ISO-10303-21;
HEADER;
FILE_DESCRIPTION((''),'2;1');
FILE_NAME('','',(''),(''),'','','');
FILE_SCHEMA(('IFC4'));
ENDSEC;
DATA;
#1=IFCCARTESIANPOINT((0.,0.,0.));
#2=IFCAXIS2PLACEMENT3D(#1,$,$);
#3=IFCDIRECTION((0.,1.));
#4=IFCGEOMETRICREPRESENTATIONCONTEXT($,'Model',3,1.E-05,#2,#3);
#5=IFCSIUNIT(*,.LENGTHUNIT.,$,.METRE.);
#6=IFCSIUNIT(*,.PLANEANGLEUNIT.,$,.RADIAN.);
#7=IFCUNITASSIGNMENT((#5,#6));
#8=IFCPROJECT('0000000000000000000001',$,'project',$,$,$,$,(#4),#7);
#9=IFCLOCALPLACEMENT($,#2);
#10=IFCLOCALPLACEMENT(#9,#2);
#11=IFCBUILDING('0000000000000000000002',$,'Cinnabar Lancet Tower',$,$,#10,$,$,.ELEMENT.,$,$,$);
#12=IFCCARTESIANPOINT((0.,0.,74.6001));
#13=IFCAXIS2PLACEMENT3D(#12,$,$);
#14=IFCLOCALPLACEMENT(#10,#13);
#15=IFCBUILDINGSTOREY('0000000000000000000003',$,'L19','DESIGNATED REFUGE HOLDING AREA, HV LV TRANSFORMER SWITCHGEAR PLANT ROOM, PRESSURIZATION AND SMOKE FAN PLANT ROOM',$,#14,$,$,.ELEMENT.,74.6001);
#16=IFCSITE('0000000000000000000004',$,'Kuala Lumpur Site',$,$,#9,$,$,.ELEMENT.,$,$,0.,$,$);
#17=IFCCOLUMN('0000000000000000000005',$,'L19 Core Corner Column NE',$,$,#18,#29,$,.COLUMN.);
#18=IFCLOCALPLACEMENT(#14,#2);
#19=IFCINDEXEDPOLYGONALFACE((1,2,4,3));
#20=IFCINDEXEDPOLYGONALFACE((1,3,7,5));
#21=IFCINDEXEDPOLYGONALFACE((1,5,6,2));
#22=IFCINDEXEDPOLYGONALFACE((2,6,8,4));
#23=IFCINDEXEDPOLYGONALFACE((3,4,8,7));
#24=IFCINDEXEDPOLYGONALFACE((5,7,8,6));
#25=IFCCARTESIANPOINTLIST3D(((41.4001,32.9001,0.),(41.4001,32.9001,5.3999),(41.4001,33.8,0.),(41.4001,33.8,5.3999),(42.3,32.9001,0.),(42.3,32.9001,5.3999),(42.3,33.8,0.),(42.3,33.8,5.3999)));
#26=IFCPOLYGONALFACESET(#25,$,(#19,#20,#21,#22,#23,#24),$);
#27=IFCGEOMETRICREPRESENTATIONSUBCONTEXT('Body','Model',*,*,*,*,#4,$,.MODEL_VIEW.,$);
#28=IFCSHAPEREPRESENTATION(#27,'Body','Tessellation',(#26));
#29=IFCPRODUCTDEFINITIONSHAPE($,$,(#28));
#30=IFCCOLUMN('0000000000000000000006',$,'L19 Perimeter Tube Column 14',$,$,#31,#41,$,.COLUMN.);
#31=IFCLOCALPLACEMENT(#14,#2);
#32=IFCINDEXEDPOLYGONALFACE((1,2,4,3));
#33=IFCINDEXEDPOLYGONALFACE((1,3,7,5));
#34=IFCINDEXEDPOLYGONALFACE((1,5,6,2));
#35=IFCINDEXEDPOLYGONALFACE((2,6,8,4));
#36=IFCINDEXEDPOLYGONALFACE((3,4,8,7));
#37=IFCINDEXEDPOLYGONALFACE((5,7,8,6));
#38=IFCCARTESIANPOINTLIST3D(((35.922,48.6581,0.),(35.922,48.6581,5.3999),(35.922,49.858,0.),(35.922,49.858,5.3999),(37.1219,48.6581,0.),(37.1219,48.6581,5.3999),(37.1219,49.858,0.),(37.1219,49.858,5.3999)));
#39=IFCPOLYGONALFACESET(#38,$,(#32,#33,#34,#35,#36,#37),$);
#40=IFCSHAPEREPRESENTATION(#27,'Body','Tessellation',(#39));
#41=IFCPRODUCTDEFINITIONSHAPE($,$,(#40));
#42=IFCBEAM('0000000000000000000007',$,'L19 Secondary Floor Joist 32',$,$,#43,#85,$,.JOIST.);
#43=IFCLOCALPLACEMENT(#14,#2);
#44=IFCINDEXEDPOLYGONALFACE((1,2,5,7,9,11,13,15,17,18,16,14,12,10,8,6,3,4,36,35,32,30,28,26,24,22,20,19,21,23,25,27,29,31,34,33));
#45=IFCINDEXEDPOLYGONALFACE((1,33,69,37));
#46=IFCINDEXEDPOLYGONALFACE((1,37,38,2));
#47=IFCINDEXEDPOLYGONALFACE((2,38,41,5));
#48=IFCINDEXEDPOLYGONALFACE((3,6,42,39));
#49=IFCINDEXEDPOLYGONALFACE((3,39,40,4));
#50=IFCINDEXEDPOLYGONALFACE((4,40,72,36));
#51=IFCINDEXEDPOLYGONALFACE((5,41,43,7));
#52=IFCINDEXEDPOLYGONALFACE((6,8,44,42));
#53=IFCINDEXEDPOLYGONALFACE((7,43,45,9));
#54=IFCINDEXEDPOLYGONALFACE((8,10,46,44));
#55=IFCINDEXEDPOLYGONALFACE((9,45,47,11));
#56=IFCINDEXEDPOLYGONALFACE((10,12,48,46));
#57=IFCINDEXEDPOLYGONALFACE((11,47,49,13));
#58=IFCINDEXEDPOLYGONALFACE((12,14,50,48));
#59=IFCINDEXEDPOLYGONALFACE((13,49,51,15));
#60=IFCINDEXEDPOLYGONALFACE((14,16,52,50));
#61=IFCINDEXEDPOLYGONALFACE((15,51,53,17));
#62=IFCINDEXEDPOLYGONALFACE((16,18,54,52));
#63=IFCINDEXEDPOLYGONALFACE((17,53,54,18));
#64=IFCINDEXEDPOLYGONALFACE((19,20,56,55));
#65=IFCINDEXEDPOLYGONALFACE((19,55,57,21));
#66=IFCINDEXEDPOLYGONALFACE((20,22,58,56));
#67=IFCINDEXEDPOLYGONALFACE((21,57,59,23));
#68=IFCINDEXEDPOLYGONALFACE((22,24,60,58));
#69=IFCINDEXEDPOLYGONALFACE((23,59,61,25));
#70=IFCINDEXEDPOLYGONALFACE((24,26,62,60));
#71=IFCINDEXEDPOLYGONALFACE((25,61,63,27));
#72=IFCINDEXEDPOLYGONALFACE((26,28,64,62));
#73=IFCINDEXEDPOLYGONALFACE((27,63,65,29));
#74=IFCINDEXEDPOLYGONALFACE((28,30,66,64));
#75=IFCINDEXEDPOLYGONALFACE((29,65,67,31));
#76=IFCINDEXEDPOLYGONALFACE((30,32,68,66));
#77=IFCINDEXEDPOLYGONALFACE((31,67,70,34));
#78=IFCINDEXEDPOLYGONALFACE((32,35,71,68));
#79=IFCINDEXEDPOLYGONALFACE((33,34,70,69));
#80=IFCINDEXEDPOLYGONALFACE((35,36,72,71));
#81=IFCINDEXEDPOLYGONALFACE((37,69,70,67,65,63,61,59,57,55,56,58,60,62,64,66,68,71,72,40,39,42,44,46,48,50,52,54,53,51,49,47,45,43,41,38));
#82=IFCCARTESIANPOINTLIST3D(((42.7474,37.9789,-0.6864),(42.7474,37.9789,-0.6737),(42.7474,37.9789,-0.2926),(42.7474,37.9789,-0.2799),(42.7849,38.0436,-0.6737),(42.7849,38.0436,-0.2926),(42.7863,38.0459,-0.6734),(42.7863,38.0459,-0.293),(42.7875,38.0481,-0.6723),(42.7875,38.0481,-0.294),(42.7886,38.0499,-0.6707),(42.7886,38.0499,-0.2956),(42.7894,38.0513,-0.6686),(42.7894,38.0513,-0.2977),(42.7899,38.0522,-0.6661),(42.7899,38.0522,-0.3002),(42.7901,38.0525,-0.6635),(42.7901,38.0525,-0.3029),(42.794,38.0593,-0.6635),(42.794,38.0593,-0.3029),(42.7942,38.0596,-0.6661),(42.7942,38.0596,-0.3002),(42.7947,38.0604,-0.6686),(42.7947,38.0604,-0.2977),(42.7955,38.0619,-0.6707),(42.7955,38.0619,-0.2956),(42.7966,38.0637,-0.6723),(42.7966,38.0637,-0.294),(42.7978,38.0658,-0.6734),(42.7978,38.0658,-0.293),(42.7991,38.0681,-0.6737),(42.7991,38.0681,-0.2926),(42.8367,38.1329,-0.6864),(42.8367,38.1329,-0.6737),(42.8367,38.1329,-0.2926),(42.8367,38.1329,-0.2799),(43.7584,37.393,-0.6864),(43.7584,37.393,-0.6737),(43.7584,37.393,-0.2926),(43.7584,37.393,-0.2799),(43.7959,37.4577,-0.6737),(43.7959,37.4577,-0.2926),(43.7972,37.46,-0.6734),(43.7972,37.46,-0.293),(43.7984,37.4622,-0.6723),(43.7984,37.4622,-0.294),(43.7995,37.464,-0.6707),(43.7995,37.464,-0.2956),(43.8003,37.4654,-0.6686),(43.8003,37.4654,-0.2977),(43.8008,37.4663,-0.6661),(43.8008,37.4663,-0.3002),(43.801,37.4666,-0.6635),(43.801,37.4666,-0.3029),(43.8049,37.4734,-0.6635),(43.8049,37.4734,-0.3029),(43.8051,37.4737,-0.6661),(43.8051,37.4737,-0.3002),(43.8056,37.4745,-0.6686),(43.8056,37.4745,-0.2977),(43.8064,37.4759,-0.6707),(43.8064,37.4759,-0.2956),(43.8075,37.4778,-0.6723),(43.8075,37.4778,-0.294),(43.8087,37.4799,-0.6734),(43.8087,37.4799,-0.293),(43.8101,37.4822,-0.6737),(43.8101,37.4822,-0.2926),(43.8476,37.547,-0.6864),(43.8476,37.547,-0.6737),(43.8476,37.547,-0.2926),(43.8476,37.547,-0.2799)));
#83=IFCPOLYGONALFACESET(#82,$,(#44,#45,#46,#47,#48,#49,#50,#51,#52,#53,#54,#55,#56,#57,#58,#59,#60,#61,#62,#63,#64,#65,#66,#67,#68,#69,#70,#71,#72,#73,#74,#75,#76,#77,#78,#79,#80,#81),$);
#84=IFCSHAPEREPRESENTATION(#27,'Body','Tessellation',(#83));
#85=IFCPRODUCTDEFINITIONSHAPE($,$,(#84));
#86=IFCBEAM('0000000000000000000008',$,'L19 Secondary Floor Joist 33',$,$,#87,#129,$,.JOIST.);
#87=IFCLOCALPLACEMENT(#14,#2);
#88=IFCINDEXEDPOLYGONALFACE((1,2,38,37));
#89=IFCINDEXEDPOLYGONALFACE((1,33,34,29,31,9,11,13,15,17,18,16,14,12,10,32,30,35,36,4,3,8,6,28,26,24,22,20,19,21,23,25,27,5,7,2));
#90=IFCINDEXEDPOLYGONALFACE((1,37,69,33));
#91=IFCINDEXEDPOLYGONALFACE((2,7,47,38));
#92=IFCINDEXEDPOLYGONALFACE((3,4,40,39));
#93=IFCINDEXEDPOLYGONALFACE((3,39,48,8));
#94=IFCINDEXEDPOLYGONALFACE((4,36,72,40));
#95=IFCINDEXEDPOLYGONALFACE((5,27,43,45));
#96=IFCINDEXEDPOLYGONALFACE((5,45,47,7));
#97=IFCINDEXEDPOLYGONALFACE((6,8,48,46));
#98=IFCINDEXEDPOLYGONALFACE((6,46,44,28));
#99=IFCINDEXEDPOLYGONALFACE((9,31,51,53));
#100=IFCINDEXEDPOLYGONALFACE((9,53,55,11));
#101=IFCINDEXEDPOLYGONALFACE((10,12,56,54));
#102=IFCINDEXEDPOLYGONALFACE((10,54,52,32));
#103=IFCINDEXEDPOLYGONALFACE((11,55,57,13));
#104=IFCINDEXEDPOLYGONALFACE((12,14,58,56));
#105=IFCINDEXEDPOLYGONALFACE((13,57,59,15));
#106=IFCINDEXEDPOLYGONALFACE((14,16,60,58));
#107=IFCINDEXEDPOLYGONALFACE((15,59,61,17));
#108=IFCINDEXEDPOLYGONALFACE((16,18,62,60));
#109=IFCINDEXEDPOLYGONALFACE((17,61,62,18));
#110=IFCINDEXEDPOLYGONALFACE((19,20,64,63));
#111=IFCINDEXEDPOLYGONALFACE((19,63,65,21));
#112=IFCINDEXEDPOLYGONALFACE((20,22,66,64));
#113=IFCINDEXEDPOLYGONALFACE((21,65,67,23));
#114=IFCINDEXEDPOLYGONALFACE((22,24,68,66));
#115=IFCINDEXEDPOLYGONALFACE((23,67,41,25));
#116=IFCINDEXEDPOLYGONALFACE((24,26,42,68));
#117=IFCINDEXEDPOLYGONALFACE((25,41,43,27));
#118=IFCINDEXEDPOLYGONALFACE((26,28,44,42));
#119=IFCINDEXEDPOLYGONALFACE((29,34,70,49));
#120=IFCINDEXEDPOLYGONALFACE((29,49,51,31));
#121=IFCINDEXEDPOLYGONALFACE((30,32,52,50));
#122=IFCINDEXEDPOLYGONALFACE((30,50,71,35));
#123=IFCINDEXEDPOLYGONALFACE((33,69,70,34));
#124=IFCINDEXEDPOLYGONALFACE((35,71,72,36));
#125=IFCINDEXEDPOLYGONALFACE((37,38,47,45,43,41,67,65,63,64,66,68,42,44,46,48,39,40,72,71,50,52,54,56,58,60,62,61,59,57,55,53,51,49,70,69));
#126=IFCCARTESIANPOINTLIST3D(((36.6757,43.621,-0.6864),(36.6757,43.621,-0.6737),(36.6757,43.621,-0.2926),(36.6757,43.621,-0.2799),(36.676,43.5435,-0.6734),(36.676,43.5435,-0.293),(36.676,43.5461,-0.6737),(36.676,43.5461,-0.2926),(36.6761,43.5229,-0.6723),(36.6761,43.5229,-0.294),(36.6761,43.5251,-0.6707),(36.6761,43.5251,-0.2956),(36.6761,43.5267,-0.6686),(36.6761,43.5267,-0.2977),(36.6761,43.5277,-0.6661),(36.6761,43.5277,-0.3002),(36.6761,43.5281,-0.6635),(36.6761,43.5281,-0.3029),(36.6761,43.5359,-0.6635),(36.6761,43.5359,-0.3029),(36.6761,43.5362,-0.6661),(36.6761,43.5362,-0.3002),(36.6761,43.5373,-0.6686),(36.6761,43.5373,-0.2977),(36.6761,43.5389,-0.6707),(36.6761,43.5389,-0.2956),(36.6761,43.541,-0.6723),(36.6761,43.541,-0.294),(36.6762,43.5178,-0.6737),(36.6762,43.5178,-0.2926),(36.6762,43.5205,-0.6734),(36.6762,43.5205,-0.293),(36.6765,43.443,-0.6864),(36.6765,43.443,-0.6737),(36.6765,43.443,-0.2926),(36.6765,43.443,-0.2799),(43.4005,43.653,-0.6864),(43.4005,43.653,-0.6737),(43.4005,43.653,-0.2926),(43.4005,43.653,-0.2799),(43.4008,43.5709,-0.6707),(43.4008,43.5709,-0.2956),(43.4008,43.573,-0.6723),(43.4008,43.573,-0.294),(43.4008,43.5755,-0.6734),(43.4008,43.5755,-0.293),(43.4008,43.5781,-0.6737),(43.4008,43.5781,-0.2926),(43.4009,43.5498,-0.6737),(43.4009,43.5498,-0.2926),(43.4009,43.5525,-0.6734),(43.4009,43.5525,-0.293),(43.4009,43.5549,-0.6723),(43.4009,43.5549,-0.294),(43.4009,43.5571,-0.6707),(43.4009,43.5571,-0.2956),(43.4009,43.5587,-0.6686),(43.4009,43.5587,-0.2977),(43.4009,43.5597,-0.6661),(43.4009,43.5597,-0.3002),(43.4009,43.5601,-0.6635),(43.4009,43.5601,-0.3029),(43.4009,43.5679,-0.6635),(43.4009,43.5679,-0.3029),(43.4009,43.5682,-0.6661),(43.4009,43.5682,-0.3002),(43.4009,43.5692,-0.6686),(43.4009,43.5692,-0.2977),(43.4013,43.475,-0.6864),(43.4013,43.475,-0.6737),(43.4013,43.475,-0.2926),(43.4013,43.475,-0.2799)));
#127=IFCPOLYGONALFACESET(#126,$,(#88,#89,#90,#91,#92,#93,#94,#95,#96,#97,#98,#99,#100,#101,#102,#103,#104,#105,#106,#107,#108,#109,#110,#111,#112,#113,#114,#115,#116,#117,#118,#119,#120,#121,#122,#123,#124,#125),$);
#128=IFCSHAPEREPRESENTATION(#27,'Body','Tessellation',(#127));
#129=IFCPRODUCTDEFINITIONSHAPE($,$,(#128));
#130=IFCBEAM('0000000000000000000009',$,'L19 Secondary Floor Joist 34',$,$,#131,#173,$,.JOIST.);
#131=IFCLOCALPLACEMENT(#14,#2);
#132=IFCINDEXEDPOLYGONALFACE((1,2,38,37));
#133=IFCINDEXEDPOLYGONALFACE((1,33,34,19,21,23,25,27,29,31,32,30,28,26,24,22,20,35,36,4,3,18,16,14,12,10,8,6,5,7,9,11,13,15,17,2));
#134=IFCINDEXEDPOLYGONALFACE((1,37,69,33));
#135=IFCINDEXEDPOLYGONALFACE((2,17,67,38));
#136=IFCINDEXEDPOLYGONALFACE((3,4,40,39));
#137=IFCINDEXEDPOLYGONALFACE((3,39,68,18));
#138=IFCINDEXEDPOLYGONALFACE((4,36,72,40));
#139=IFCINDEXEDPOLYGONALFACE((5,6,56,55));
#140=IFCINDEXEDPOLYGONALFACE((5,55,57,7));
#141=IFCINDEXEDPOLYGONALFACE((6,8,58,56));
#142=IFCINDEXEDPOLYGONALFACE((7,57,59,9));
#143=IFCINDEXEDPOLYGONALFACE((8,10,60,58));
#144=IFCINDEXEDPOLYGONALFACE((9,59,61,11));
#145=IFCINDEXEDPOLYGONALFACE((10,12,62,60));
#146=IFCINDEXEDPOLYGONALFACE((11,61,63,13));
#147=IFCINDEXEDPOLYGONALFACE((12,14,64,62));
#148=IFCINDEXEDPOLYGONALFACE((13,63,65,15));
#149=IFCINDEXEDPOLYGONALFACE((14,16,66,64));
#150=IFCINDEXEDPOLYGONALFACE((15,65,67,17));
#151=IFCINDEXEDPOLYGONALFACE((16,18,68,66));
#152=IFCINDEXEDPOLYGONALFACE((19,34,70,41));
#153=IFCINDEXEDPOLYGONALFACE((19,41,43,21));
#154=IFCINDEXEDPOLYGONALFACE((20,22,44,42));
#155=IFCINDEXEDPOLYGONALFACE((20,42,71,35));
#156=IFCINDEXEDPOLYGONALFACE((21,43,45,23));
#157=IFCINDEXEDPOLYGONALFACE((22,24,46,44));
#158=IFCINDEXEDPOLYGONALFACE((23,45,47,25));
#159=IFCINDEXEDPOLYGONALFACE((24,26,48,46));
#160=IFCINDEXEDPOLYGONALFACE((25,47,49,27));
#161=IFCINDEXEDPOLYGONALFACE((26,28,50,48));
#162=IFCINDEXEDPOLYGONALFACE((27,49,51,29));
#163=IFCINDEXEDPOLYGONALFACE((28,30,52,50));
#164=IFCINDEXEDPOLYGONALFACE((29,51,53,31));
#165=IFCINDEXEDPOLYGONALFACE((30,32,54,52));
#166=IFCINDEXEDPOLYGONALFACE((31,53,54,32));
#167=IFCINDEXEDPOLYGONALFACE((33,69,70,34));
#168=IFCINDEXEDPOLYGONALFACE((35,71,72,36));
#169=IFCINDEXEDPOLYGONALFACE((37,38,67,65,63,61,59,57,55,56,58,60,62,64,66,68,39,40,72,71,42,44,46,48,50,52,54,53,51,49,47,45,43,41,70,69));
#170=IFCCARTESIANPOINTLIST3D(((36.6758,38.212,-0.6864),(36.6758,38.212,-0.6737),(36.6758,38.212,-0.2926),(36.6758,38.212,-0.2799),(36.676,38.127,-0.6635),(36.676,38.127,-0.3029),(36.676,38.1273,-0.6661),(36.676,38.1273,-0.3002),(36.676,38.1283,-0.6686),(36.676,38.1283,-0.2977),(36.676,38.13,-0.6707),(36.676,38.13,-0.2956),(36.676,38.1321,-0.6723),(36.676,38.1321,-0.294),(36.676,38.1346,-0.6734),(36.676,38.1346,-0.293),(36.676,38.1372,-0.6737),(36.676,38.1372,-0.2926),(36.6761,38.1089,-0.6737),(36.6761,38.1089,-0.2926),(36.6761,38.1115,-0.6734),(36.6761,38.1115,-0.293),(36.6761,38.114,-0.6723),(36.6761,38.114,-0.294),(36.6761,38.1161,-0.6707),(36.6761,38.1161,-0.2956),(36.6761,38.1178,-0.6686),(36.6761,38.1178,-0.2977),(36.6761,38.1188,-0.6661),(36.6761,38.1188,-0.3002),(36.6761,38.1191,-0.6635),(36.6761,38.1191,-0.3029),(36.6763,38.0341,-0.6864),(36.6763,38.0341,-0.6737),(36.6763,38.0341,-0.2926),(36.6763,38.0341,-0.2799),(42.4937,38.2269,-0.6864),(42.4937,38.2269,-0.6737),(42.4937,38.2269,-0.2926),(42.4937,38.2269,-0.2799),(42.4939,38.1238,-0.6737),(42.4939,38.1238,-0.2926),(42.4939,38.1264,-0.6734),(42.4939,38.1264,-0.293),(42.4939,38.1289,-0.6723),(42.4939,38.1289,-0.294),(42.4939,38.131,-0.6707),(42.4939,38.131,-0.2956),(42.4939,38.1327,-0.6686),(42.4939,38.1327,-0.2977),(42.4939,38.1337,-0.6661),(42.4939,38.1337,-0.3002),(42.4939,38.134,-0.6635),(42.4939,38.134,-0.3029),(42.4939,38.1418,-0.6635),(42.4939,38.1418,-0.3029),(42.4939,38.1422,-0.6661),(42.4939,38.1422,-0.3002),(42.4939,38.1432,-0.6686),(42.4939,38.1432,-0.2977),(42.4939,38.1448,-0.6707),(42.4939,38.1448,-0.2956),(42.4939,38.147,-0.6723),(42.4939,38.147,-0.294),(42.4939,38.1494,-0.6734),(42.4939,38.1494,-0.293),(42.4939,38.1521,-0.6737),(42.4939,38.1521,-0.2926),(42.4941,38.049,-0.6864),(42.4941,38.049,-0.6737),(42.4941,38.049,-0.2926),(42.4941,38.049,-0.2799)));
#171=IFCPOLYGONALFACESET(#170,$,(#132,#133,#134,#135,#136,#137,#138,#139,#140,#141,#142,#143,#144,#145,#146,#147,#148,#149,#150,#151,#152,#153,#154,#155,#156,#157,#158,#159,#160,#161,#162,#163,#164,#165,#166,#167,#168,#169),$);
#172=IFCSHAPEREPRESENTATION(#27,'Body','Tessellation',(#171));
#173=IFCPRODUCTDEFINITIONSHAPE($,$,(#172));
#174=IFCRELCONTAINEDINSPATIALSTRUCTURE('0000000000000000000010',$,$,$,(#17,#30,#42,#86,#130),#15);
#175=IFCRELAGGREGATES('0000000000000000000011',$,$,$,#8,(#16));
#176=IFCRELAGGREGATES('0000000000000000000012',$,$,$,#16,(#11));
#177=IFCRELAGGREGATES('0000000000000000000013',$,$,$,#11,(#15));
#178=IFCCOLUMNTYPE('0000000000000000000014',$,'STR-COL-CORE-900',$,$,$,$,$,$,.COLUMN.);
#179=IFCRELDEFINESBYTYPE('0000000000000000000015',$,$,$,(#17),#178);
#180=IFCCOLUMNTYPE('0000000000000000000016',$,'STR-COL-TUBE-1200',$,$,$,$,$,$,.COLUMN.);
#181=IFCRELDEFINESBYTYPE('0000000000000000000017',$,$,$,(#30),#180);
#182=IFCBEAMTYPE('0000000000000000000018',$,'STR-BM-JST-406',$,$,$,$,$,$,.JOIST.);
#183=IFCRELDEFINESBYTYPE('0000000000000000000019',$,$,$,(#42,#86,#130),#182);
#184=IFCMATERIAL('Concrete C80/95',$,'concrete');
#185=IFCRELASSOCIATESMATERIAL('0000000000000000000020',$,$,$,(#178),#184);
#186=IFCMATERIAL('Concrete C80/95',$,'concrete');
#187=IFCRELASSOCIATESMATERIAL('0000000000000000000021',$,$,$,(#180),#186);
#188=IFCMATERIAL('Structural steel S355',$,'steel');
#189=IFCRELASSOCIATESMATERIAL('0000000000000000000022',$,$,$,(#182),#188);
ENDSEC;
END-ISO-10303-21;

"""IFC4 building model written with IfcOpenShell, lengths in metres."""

from ifc_helpers import new_model, si_unit, direction, frame, origin, origin_2d, place, context, subcontext, project, spatial, rectangle, i_section, extrude, material, material_profile, profile_set, type_object, element, save


model = new_model("IFC4")

# Units and contexts
model_context = context("Model", 3, precision=1e-05, world=origin(), true_north=direction((0.0, 1.0)))
body_context = subcontext(model_context, "Body", "Model", "MODEL_VIEW")
ifc_project = project(units=[si_unit("LENGTHUNIT", "METRE"), si_unit("PLANEANGLEUNIT", "RADIAN")], contexts=[model_context])

# Site, building, storey
site_placement = place(None, origin())
site = spatial("IfcSite", under=ifc_project, at=site_placement, Name="Kuala Lumpur Site", CompositionType="ELEMENT", RefElevation=0.0)
building_placement = place(site_placement, origin())
building = spatial("IfcBuilding", under=site, at=building_placement, Name="Cinnabar Lancet Tower", CompositionType="ELEMENT")
storey_placement = place(building_placement, frame((0.0, 0.0, 74.6001)))
storey = spatial("IfcBuildingStorey", under=building, at=storey_placement, Name="L19", Description="DESIGNATED REFUGE HOLDING AREA, HV LV TRANSFORMER SWITCHGEAR PLANT ROOM, PRESSURIZATION AND SMOKE FAN PLANT ROOM", CompositionType="ELEMENT", Elevation=74.6001)

# Columns
ifc_material_1 = material(Name="Concrete C80/95", Category="concrete")
ifc_material_profile_1 = material_profile(ifc_material_1, rectangle(XDim=0.8999, YDim=0.8999, at=origin_2d()), Name="RC-COL 900x900")
ifc_profile_set_1 = profile_set([ifc_material_profile_1], Name="Concrete C80/95")
column_type_1 = type_object("IfcColumnType", Name="STR-COL-CORE-900", PredefinedType="COLUMN", material=ifc_profile_set_1)
column_1_placement = place(storey_placement, frame((41.8501, 33.3501, 0.0), z_axis=(0.0, 0.0, 1.0), x_axis=(1.0, 0.0, 0.0)))
element("IfcColumn", 1, at=column_1_placement, inside=storey, type_object=column_type_1, Name="L19 Core Corner Column NE", PredefinedType="COLUMN", context=body_context, shape_type="SweptSolid", body=[
    extrude(rectangle(XDim=0.8999, YDim=0.8999, at=origin_2d()), origin(), (0.0, 0.0, 1.0), 5.3999),
])
ifc_material_2 = material(Name="Concrete C80/95", Category="concrete")
ifc_material_profile_2 = material_profile(ifc_material_2, rectangle(XDim=1.2, YDim=1.2, at=origin_2d()), Name="RC-COL 1200x1200")
ifc_profile_set_2 = profile_set([ifc_material_profile_2], Name="Concrete C80/95")
column_type_2 = type_object("IfcColumnType", Name="STR-COL-TUBE-1200", PredefinedType="COLUMN", material=ifc_profile_set_2)
column_2_placement = place(storey_placement, frame((36.522, 49.2581, 0.0), z_axis=(0.0, 0.0, 1.0), x_axis=(1.0, 0.0, 0.0)))
element("IfcColumn", 2, at=column_2_placement, inside=storey, type_object=column_type_2, Name="L19 Perimeter Tube Column 14", PredefinedType="COLUMN", context=body_context, shape_type="SweptSolid", body=[
    extrude(rectangle(XDim=1.2, YDim=1.2, at=origin_2d()), origin(), (0.0, 0.0, 1.0), 5.3999),
])

# Beams
ifc_material_3 = material(Name="Structural steel S355", Category="steel")
ifc_material_profile_3 = material_profile(ifc_material_3, i_section(OverallWidth=0.178, OverallDepth=0.4065, WebThickness=0.0078, FlangeThickness=0.0127, FilletRadius=0.0103, at=origin_2d()), Name="UKB 406x178x60")
ifc_profile_set_3 = profile_set([ifc_material_profile_3], Name="Structural steel S355")
beam_type_1 = type_object("IfcBeamType", Name="STR-BM-JST-406", PredefinedType="JOIST", material=ifc_profile_set_3)
beam_1_placement = place(storey_placement, frame((43.803, 37.47, -0.4832), z_axis=(-0.865193, 0.50144, 0.0), x_axis=(-0.50144, -0.865193, 0.0)))
element("IfcBeam", 3, at=beam_1_placement, inside=storey, type_object=beam_type_1, Name="L19 Secondary Floor Joist 32", PredefinedType="JOIST", context=body_context, shape_type="SweptSolid", body=[
    extrude(i_section(OverallWidth=0.178, OverallDepth=0.4065, WebThickness=0.0078, FlangeThickness=0.0127, FilletRadius=0.0103, at=origin_2d()), origin(), (0.0, 0.0, 1.0), 1.1685),
])
beam_2_placement = place(storey_placement, frame((43.4009, 43.564, -0.4832), z_axis=(-0.999989, -0.004756, 0.0), x_axis=(0.004756, -0.999989, 0.0)))
element("IfcBeam", 4, at=beam_2_placement, inside=storey, type_object=beam_type_1, Name="L19 Secondary Floor Joist 33", PredefinedType="JOIST", context=body_context, shape_type="SweptSolid", body=[
    extrude(i_section(OverallWidth=0.178, OverallDepth=0.4065, WebThickness=0.0078, FlangeThickness=0.0127, FilletRadius=0.0103, at=origin_2d()), origin(), (0.0, 0.0, 1.0), 6.7249),
])
beam_3_placement = place(storey_placement, frame((42.4939, 38.1379, -0.4832), z_axis=(-0.999997, -0.00256, 0.0), x_axis=(0.00256, -0.999997, 0.0)))
element("IfcBeam", 5, at=beam_3_placement, inside=storey, type_object=beam_type_1, Name="L19 Secondary Floor Joist 34", PredefinedType="JOIST", context=body_context, shape_type="SweptSolid", body=[
    extrude(i_section(OverallWidth=0.178, OverallDepth=0.4065, WebThickness=0.0078, FlangeThickness=0.0127, FilletRadius=0.0103, at=origin_2d()), origin(), (0.0, 0.0, 1.0), 5.8179),
])

save(model, "model.ifc")
